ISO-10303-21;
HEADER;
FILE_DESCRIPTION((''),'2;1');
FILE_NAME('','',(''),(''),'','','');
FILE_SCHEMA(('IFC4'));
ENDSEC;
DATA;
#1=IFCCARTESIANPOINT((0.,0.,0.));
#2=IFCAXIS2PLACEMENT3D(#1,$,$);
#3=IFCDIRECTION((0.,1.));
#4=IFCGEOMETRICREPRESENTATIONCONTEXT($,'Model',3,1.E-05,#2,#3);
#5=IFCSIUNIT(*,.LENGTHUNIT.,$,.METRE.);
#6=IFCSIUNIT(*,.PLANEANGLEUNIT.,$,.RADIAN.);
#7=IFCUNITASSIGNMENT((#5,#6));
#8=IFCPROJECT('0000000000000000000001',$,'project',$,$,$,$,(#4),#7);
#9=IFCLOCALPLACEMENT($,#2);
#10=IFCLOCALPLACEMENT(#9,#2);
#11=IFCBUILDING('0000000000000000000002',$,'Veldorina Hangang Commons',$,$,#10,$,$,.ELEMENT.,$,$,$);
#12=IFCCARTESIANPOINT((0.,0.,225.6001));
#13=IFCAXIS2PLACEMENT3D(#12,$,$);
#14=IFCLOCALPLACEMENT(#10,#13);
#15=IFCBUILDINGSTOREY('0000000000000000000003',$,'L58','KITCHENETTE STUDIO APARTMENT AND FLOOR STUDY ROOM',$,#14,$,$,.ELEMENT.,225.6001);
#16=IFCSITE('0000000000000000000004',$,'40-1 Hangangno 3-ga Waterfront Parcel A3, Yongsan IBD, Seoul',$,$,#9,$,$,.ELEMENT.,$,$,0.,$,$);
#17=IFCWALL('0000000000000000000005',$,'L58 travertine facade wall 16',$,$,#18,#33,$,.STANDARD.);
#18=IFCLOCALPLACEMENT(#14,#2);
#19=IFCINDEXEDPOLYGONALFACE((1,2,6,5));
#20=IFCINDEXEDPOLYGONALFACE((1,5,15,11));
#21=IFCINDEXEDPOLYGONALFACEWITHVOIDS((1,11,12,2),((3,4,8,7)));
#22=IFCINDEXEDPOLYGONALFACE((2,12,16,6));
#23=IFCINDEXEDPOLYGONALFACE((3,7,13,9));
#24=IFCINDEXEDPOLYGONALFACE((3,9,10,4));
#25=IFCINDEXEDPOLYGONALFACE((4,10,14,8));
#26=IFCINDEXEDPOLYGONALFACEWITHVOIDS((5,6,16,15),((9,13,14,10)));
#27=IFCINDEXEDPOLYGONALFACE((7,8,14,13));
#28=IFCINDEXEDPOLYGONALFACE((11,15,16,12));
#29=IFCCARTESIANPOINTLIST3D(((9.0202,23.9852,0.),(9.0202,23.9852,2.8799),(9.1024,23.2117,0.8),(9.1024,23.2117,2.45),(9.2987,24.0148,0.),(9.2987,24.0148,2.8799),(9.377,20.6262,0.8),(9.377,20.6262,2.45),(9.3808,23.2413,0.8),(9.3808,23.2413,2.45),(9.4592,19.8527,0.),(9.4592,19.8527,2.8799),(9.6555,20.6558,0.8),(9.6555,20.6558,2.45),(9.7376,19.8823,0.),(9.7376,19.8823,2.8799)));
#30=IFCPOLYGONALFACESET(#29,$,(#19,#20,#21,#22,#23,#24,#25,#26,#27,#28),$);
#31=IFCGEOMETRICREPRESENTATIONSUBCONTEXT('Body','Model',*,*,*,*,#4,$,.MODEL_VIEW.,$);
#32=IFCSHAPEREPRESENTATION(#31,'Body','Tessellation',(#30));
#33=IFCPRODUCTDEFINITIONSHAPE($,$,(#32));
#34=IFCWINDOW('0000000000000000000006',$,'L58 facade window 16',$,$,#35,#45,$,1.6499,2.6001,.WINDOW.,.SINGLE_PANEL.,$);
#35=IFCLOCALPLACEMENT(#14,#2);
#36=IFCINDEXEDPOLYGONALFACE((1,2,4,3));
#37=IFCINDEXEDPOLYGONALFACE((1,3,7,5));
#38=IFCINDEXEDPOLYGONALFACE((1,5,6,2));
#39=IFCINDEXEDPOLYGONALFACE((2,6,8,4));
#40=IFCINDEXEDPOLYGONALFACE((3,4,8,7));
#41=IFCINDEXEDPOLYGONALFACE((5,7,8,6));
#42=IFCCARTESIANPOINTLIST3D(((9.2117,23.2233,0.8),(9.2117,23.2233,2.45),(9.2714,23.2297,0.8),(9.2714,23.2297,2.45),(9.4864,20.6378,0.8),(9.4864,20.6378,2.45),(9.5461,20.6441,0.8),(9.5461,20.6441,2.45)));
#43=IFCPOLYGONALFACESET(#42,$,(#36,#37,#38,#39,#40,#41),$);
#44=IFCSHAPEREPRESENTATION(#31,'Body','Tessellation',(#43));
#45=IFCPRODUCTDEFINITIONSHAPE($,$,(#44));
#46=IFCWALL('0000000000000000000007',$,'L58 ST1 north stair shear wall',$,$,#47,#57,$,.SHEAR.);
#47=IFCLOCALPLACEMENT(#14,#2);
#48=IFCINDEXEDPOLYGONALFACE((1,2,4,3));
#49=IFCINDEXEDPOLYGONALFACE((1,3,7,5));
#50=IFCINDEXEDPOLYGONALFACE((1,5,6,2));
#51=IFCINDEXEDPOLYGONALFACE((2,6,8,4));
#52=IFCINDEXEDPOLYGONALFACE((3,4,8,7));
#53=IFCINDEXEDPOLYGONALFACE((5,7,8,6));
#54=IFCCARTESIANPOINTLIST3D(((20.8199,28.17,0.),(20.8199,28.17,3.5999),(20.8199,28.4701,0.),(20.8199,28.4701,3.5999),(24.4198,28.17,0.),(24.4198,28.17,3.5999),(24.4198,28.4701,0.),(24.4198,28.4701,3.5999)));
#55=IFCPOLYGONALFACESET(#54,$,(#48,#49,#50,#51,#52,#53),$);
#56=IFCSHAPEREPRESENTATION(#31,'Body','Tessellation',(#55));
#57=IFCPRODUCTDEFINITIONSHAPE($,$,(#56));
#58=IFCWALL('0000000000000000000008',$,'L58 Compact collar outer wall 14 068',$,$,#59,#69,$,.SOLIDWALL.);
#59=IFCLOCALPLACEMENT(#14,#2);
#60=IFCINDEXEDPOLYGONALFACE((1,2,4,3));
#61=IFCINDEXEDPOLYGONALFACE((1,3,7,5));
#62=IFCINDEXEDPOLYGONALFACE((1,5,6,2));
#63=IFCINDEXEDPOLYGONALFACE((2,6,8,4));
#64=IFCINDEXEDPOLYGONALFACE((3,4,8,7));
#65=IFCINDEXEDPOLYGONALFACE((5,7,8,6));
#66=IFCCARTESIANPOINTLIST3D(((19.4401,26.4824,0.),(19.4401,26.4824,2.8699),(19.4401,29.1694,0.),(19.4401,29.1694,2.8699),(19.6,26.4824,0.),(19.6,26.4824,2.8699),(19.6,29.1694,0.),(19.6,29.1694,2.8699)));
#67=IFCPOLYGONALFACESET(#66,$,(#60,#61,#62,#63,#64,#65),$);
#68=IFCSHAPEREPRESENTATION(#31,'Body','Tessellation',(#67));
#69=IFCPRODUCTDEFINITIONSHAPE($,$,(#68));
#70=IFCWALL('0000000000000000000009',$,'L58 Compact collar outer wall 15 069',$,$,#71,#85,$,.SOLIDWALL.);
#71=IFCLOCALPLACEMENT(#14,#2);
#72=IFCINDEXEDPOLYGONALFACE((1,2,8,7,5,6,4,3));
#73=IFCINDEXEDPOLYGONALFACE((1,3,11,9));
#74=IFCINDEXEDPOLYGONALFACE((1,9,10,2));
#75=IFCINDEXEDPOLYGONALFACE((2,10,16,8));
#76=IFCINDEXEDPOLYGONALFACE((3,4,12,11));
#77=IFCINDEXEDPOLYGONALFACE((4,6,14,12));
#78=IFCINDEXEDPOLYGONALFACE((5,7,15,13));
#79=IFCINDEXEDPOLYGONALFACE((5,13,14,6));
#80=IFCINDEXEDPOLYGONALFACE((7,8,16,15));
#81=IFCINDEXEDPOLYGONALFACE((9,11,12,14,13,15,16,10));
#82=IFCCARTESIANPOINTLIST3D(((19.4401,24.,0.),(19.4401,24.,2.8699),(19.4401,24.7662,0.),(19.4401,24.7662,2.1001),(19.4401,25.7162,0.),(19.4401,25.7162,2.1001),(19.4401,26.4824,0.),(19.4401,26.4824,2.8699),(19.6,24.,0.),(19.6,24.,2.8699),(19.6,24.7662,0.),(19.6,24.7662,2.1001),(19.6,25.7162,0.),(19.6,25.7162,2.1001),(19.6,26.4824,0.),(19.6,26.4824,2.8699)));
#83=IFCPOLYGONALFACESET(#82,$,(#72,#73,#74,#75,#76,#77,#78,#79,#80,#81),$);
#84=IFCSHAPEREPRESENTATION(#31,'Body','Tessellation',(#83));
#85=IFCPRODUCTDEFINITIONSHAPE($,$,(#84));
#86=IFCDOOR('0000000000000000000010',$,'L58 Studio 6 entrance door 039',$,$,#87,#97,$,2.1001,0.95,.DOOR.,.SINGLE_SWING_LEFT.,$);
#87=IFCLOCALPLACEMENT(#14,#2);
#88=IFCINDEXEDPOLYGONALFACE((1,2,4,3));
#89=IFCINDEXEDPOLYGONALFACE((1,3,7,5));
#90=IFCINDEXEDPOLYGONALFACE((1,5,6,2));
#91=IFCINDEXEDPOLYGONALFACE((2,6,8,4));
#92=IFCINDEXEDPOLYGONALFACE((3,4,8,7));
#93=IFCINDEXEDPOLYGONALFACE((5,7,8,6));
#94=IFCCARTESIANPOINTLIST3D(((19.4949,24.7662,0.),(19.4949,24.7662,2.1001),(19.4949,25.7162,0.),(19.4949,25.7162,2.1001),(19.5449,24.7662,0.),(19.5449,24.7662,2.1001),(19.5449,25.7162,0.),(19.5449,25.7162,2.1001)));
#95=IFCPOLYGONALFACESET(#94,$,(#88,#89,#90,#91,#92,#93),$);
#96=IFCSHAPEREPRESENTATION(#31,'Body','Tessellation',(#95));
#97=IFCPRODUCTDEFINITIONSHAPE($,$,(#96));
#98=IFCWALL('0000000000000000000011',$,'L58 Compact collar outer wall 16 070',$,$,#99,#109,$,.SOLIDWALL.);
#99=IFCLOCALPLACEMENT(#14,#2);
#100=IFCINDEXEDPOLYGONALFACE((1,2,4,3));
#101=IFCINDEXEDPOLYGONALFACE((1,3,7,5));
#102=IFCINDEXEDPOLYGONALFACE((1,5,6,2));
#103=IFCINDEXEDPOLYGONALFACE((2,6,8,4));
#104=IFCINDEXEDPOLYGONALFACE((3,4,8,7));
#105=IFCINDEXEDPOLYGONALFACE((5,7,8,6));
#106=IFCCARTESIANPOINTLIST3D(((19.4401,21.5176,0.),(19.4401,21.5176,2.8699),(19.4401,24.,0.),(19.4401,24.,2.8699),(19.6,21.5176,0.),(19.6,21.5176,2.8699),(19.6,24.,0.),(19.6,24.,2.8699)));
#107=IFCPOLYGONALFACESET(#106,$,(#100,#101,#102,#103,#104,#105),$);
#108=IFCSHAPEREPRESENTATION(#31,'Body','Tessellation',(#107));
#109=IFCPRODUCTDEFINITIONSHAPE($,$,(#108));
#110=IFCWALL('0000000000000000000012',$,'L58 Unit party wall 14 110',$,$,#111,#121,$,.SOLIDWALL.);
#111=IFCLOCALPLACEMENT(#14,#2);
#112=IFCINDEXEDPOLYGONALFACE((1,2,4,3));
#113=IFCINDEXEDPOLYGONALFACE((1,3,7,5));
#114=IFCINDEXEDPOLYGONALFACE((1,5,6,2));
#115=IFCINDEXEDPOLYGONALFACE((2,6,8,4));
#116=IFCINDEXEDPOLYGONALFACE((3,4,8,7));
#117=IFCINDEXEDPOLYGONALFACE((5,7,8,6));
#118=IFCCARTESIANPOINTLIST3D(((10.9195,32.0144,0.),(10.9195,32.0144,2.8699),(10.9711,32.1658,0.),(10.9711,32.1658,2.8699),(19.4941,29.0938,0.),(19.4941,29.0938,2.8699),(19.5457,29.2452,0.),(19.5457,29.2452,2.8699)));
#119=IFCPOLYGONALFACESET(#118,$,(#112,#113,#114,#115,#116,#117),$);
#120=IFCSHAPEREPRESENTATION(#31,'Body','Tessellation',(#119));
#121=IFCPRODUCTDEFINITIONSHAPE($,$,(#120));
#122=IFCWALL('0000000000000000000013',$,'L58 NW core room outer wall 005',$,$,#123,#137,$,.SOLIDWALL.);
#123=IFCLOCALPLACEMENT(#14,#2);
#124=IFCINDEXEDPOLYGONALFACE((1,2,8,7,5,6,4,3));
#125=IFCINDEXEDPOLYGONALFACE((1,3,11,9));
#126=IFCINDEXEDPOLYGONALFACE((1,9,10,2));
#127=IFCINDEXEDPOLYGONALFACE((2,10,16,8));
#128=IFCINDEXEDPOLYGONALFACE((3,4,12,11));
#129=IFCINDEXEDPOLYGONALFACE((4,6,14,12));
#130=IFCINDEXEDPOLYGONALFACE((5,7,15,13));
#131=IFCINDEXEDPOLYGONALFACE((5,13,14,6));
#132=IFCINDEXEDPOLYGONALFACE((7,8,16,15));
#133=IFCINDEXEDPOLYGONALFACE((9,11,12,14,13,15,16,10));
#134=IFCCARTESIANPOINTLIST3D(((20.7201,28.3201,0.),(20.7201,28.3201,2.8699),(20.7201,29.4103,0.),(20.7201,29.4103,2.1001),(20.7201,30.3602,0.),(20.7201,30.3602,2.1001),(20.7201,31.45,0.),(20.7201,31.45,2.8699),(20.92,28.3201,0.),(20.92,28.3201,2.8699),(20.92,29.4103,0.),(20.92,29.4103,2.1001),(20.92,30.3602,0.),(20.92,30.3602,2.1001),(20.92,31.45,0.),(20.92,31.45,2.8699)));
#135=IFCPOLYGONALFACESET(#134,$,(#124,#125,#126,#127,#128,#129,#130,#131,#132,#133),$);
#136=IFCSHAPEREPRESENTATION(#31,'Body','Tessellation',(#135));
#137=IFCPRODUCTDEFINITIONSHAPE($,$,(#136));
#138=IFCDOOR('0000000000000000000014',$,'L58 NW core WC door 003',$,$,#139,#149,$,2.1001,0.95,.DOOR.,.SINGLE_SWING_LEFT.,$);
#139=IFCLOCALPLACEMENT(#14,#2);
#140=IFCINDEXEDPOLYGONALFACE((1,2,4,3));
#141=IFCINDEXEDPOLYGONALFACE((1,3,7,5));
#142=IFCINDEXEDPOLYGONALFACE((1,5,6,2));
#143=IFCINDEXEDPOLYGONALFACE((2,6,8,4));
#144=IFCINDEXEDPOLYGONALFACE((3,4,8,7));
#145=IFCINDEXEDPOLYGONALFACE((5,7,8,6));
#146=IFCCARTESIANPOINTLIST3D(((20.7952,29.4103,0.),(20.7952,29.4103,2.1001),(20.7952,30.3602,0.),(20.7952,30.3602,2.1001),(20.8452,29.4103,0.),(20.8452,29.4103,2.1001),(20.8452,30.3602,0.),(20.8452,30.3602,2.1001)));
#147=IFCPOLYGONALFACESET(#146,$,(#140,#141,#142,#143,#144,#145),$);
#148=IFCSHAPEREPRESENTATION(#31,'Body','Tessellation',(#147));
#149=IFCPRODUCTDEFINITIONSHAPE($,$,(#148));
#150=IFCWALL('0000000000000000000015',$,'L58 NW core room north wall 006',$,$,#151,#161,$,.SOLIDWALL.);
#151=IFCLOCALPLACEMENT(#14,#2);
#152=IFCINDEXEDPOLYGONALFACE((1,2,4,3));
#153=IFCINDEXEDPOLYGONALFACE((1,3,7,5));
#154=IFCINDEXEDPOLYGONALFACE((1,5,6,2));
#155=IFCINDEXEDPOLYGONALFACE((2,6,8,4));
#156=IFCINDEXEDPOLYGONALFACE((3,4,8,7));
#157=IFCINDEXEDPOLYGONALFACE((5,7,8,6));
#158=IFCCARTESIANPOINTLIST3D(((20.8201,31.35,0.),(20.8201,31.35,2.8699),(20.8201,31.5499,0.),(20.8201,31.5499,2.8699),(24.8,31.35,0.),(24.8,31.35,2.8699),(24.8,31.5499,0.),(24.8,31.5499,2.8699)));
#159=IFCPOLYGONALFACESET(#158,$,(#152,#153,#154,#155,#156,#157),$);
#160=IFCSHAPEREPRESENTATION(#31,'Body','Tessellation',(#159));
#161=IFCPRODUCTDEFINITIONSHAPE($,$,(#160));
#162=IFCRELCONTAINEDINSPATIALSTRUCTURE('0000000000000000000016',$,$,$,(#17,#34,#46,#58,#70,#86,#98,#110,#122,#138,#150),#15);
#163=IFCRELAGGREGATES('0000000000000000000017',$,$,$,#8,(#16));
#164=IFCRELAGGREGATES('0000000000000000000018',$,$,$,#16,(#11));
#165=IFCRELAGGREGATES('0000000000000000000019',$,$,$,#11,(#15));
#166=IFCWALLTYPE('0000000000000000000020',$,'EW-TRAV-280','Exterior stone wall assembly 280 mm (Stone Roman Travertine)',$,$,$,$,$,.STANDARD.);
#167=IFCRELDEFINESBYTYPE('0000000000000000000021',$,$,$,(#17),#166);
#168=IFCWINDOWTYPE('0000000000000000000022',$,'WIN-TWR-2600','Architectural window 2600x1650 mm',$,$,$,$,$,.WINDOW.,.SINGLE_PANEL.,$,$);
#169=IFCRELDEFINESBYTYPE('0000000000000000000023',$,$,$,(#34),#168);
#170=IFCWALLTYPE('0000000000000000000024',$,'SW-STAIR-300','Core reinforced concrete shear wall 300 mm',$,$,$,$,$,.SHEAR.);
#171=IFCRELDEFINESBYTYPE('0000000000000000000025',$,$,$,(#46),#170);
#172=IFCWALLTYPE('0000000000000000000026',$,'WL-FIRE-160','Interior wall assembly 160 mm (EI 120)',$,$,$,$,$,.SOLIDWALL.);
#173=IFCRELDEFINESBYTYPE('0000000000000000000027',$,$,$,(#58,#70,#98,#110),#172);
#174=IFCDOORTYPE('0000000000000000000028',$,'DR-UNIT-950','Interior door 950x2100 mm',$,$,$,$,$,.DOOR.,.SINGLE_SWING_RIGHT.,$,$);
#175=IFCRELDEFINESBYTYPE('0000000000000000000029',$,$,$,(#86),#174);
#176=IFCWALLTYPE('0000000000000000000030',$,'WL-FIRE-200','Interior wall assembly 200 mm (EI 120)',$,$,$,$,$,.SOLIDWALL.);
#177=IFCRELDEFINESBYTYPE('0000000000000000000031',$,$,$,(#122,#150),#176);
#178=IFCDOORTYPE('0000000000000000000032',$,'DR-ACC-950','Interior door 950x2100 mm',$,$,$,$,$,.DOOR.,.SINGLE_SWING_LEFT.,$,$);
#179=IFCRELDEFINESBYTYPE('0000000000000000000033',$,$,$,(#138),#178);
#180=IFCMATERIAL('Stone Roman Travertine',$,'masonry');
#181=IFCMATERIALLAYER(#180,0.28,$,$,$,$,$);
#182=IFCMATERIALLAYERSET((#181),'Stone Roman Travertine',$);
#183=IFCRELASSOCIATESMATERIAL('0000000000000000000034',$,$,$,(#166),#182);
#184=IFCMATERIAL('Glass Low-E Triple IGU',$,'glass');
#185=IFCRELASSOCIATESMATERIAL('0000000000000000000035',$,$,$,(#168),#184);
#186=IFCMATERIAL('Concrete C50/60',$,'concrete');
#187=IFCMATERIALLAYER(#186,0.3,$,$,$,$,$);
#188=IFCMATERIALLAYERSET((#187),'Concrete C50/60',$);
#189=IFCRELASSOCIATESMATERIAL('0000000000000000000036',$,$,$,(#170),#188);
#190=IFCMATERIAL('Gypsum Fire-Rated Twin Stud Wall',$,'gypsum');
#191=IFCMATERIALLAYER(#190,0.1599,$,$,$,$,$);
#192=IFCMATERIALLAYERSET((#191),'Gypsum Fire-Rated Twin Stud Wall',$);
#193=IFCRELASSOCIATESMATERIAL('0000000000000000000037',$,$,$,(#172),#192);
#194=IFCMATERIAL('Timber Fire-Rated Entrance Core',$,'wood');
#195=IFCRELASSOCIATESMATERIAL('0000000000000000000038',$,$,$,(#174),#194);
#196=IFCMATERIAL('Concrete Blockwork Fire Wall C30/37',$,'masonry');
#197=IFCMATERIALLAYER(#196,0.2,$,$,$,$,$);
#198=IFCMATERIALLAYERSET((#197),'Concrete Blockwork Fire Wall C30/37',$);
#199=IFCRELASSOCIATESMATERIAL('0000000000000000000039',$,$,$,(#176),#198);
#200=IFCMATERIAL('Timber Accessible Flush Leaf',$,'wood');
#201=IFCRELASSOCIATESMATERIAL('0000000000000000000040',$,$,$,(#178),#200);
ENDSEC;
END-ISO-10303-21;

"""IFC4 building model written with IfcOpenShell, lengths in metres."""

from ifc_helpers import new_model, si_unit, direction, frame, frame_2d, origin, place, context, subcontext, project, spatial, rectangle, extrude, material, layer, layer_set, type_object, element, fill, save


model = new_model("IFC4")

# Units and contexts
model_context = context("Model", 3, precision=1e-05, world=origin(), true_north=direction((0.0, 1.0)))
body_context = subcontext(model_context, "Body", "Model", "MODEL_VIEW")
ifc_project = project(units=[si_unit("LENGTHUNIT", "METRE"), si_unit("PLANEANGLEUNIT", "RADIAN")], contexts=[model_context])

# Site, building, storey
site_placement = place(None, origin())
site = spatial("IfcSite", under=ifc_project, at=site_placement, Name="40-1 Hangangno 3-ga Waterfront Parcel A3, Yongsan IBD, Seoul", CompositionType="ELEMENT", RefElevation=0.0)
building_placement = place(site_placement, origin())
building = spatial("IfcBuilding", under=site, at=building_placement, Name="Veldorina Hangang Commons", CompositionType="ELEMENT")
storey_placement = place(building_placement, frame((0.0, 0.0, 225.6001)))
storey = spatial("IfcBuildingStorey", under=building, at=storey_placement, Name="L58", Description="KITCHENETTE STUDIO APARTMENT AND FLOOR STUDY ROOM", CompositionType="ELEMENT", Elevation=225.6001)

# Shared definitions
ifc_material_1 = material(Name="Stone Roman Travertine", Category="masonry")
ifc_layer_1 = layer(ifc_material_1, 0.28)
ifc_layer_set_1 = layer_set([ifc_layer_1], Name="Stone Roman Travertine")
wall_type_1 = type_object("IfcWallType", Name="EW-TRAV-280", Description="Exterior stone wall assembly 280 mm (Stone Roman Travertine)", PredefinedType="STANDARD", material=ifc_layer_set_1)

# Wall, opening, window
wall_1_placement = place(storey_placement, frame((9.1594, 24.0, 0.0), z_axis=(0.0, 0.0, 1.0), x_axis=(0.105627, -0.994406, 0.0)))
wall_1 = element("IfcWall", 1, at=wall_1_placement, inside=storey, type_object=wall_type_1, Name="L58 travertine facade wall 16", PredefinedType="STANDARD", context=body_context, shape_type="SweptSolid", body=[
    extrude(rectangle(XDim=4.1558, YDim=0.28, at=frame_2d((2.0779, 0.0))), origin(), (0.0, 0.0, 1.0), 2.8799),
])
opening_1_placement = place(wall_1_placement, frame((0.7778, 0.0, 0.8)))
opening_1 = element("IfcOpeningElement", 2, at=opening_1_placement, cuts=wall_1, PredefinedType="OPENING", context=body_context, shape_type="SweptSolid", body=[
    extrude(rectangle(XDim=2.6001, YDim=1.6499, at=frame_2d((1.3, 0.825))), frame((0.0, 0.1499, 0.0), z_axis=(0.0, -1.0, 0.0), x_axis=(1.0, 0.0, 0.0)), (0.0, 0.0, 1.0), 0.3),
])
ifc_material_2 = material(Name="Glass Low-E Triple IGU", Category="glass")
window_type = type_object("IfcWindowType", Name="WIN-TWR-2600", Description="Architectural window 2600x1650 mm", PartitioningType="SINGLE_PANEL", PredefinedType="WINDOW", material=ifc_material_2)
window_placement = place(opening_1_placement, origin())
window = element("IfcWindow", 3, at=window_placement, inside=storey, type_object=window_type, Name="L58 facade window 16", OverallHeight=1.6499, OverallWidth=2.6001, PartitioningType="SINGLE_PANEL", PredefinedType="WINDOW", context=body_context, shape_type="SweptSolid", body=[
    extrude(rectangle(XDim=2.6001, YDim=1.6499, at=frame_2d((1.3, 0.825))), frame((0.0, 0.03, 0.0), z_axis=(0.0, -1.0, 0.0), x_axis=(1.0, 0.0, 0.0)), (0.0, 0.0, 1.0), 0.0601),
])
fill(opening_1, window)

# Walls
ifc_material_3 = material(Name="Concrete C50/60", Category="concrete")
ifc_layer_2 = layer(ifc_material_3, 0.3)
ifc_layer_set_2 = layer_set([ifc_layer_2], Name="Concrete C50/60")
wall_type_2 = type_object("IfcWallType", Name="SW-STAIR-300", Description="Core reinforced concrete shear wall 300 mm", PredefinedType="SHEAR", material=ifc_layer_set_2)
wall_2_placement = place(storey_placement, frame((20.8201, 28.3201, 0.0), z_axis=(0.0, 0.0, 1.0), x_axis=(1.0, 0.0, 0.0)))
element("IfcWall", 4, at=wall_2_placement, inside=storey, type_object=wall_type_2, Name="L58 ST1 north stair shear wall", PredefinedType="SHEAR", context=body_context, shape_type="SweptSolid", body=[
    extrude(rectangle(XDim=3.5999, YDim=0.3, at=frame_2d((1.7998, 0.0))), origin(), (0.0, 0.0, 1.0), 3.5999),
])
ifc_material_4 = material(Name="Gypsum Fire-Rated Twin Stud Wall", Category="gypsum")
ifc_layer_3 = layer(ifc_material_4, 0.1599)
ifc_layer_set_3 = layer_set([ifc_layer_3], Name="Gypsum Fire-Rated Twin Stud Wall")
wall_type_3 = type_object("IfcWallType", Name="WL-FIRE-160", Description="Interior wall assembly 160 mm (EI 120)", PredefinedType="SOLIDWALL", material=ifc_layer_set_3)
wall_3_placement = place(storey_placement, frame((19.52, 29.1694, 0.0), z_axis=(0.0, 0.0, 1.0), x_axis=(0.0, -1.0, 0.0)))
element("IfcWall", 5, at=wall_3_placement, inside=storey, type_object=wall_type_3, Name="L58 Compact collar outer wall 14 068", PredefinedType="SOLIDWALL", context=body_context, shape_type="SweptSolid", body=[
    extrude(rectangle(XDim=2.687, YDim=0.1599, at=frame_2d((1.3435, 0.0))), origin(), (0.0, 0.0, 1.0), 2.8699),
])

# Wall, opening, door
wall_4_placement = place(storey_placement, frame((19.52, 26.4824, 0.0), z_axis=(0.0, 0.0, 1.0), x_axis=(0.0, -1.0, 0.0)))
wall_4 = element("IfcWall", 6, at=wall_4_placement, inside=storey, type_object=wall_type_3, Name="L58 Compact collar outer wall 15 069", PredefinedType="SOLIDWALL", context=body_context, shape_type="SweptSolid", body=[
    extrude(rectangle(XDim=2.4824, YDim=0.1599, at=frame_2d((1.2412, 0.0))), origin(), (0.0, 0.0, 1.0), 2.8699),
])
opening_2_placement = place(wall_4_placement, frame((0.7661, 0.0, 0.0)))
opening_2 = element("IfcOpeningElement", 7, at=opening_2_placement, cuts=wall_4, PredefinedType="OPENING", context=body_context, shape_type="SweptSolid", body=[
    extrude(rectangle(XDim=0.95, YDim=2.1001, at=frame_2d((0.4751, 1.05))), frame((0.0, 0.0898, 0.0), z_axis=(0.0, -1.0, 0.0), x_axis=(1.0, 0.0, 0.0)), (0.0, 0.0, 1.0), 0.1799),
])
ifc_material_5 = material(Name="Timber Fire-Rated Entrance Core", Category="wood")
door_type_1 = type_object("IfcDoorType", Name="DR-UNIT-950", Description="Interior door 950x2100 mm", OperationType="SINGLE_SWING_RIGHT", PredefinedType="DOOR", material=ifc_material_5)
door_1_placement = place(opening_2_placement, origin())
door_1 = element("IfcDoor", 8, at=door_1_placement, inside=storey, type_object=door_type_1, Name="L58 Studio 6 entrance door 039", OperationType="SINGLE_SWING_LEFT", OverallHeight=2.1001, OverallWidth=0.95, PredefinedType="DOOR", context=body_context, shape_type="SweptSolid", body=[
    extrude(rectangle(XDim=0.95, YDim=2.1001, at=frame_2d((0.4751, 1.05))), frame((0.0, 0.0249, 0.0), z_axis=(0.0, -1.0, 0.0), x_axis=(1.0, 0.0, 0.0)), (0.0, 0.0, 1.0), 0.05),
])
fill(opening_2, door_1)

# Walls
wall_5_placement = place(storey_placement, frame((19.52, 24.0, 0.0), z_axis=(0.0, 0.0, 1.0), x_axis=(0.0, -1.0, 0.0)))
element("IfcWall", 9, at=wall_5_placement, inside=storey, type_object=wall_type_3, Name="L58 Compact collar outer wall 16 070", PredefinedType="SOLIDWALL", context=body_context, shape_type="SweptSolid", body=[
    extrude(rectangle(XDim=2.4824, YDim=0.1599, at=frame_2d((1.2412, 0.0))), origin(), (0.0, 0.0, 1.0), 2.8699),
])
wall_6_placement = place(storey_placement, frame((19.52, 29.1694, 0.0), z_axis=(0.0, 0.0, 1.0), x_axis=(-0.946596, 0.322423, 0.0)))
element("IfcWall", 10, at=wall_6_placement, inside=storey, type_object=wall_type_3, Name="L58 Unit party wall 14 110", PredefinedType="SOLIDWALL", context=body_context, shape_type="SweptSolid", body=[
    extrude(rectangle(XDim=9.0583, YDim=0.1599, at=frame_2d((4.5293, 0.0))), origin(), (0.0, 0.0, 1.0), 2.8699),
])

# Wall, opening, door
ifc_material_6 = material(Name="Concrete Blockwork Fire Wall C30/37", Category="masonry")
ifc_layer_4 = layer(ifc_material_6, 0.2)
ifc_layer_set_4 = layer_set([ifc_layer_4], Name="Concrete Blockwork Fire Wall C30/37")
wall_type_4 = type_object("IfcWallType", Name="WL-FIRE-200", Description="Interior wall assembly 200 mm (EI 120)", PredefinedType="SOLIDWALL", material=ifc_layer_set_4)
wall_7_placement = place(storey_placement, frame((20.8201, 28.3201, 0.0), z_axis=(0.0, 0.0, 1.0), x_axis=(0.0, 1.0, 0.0)))
wall_7 = element("IfcWall", 11, at=wall_7_placement, inside=storey, type_object=wall_type_4, Name="L58 NW core room outer wall 005", PredefinedType="SOLIDWALL", context=body_context, shape_type="SweptSolid", body=[
    extrude(rectangle(XDim=3.1299, YDim=0.2, at=frame_2d((1.5649, 0.0))), origin(), (0.0, 0.0, 1.0), 2.8699),
])
opening_3_placement = place(wall_7_placement, frame((1.0901, 0.0, 0.0)))
opening_3 = element("IfcOpeningElement", 12, at=opening_3_placement, cuts=wall_7, PredefinedType="OPENING", context=body_context, shape_type="SweptSolid", body=[
    extrude(rectangle(XDim=0.95, YDim=2.1001, at=frame_2d((0.4751, 1.05))), frame((0.0, 0.1099, 0.0), z_axis=(0.0, -1.0, 0.0), x_axis=(1.0, 0.0, 0.0)), (0.0, 0.0, 1.0), 0.22),
])
ifc_material_7 = material(Name="Timber Accessible Flush Leaf", Category="wood")
door_type_2 = type_object("IfcDoorType", Name="DR-ACC-950", Description="Interior door 950x2100 mm", OperationType="SINGLE_SWING_LEFT", PredefinedType="DOOR", material=ifc_material_7)
door_2_placement = place(opening_3_placement, origin())
door_2 = element("IfcDoor", 13, at=door_2_placement, inside=storey, type_object=door_type_2, Name="L58 NW core WC door 003", OperationType="SINGLE_SWING_LEFT", OverallHeight=2.1001, OverallWidth=0.95, PredefinedType="DOOR", context=body_context, shape_type="SweptSolid", body=[
    extrude(rectangle(XDim=0.95, YDim=2.1001, at=frame_2d((0.4751, 1.05))), frame((0.0, 0.0249, 0.0), z_axis=(0.0, -1.0, 0.0), x_axis=(1.0, 0.0, 0.0)), (0.0, 0.0, 1.0), 0.05),
])
fill(opening_3, door_2)

# Wall
wall_8_placement = place(storey_placement, frame((20.8201, 31.45, 0.0), z_axis=(0.0, 0.0, 1.0), x_axis=(1.0, 0.0, 0.0)))
element("IfcWall", 14, at=wall_8_placement, inside=storey, type_object=wall_type_4, Name="L58 NW core room north wall 006", PredefinedType="SOLIDWALL", context=body_context, shape_type="SweptSolid", body=[
    extrude(rectangle(XDim=3.98, YDim=0.2, at=frame_2d((1.99, 0.0))), origin(), (0.0, 0.0, 1.0), 2.8699),
])

save(model, "model.ifc")
